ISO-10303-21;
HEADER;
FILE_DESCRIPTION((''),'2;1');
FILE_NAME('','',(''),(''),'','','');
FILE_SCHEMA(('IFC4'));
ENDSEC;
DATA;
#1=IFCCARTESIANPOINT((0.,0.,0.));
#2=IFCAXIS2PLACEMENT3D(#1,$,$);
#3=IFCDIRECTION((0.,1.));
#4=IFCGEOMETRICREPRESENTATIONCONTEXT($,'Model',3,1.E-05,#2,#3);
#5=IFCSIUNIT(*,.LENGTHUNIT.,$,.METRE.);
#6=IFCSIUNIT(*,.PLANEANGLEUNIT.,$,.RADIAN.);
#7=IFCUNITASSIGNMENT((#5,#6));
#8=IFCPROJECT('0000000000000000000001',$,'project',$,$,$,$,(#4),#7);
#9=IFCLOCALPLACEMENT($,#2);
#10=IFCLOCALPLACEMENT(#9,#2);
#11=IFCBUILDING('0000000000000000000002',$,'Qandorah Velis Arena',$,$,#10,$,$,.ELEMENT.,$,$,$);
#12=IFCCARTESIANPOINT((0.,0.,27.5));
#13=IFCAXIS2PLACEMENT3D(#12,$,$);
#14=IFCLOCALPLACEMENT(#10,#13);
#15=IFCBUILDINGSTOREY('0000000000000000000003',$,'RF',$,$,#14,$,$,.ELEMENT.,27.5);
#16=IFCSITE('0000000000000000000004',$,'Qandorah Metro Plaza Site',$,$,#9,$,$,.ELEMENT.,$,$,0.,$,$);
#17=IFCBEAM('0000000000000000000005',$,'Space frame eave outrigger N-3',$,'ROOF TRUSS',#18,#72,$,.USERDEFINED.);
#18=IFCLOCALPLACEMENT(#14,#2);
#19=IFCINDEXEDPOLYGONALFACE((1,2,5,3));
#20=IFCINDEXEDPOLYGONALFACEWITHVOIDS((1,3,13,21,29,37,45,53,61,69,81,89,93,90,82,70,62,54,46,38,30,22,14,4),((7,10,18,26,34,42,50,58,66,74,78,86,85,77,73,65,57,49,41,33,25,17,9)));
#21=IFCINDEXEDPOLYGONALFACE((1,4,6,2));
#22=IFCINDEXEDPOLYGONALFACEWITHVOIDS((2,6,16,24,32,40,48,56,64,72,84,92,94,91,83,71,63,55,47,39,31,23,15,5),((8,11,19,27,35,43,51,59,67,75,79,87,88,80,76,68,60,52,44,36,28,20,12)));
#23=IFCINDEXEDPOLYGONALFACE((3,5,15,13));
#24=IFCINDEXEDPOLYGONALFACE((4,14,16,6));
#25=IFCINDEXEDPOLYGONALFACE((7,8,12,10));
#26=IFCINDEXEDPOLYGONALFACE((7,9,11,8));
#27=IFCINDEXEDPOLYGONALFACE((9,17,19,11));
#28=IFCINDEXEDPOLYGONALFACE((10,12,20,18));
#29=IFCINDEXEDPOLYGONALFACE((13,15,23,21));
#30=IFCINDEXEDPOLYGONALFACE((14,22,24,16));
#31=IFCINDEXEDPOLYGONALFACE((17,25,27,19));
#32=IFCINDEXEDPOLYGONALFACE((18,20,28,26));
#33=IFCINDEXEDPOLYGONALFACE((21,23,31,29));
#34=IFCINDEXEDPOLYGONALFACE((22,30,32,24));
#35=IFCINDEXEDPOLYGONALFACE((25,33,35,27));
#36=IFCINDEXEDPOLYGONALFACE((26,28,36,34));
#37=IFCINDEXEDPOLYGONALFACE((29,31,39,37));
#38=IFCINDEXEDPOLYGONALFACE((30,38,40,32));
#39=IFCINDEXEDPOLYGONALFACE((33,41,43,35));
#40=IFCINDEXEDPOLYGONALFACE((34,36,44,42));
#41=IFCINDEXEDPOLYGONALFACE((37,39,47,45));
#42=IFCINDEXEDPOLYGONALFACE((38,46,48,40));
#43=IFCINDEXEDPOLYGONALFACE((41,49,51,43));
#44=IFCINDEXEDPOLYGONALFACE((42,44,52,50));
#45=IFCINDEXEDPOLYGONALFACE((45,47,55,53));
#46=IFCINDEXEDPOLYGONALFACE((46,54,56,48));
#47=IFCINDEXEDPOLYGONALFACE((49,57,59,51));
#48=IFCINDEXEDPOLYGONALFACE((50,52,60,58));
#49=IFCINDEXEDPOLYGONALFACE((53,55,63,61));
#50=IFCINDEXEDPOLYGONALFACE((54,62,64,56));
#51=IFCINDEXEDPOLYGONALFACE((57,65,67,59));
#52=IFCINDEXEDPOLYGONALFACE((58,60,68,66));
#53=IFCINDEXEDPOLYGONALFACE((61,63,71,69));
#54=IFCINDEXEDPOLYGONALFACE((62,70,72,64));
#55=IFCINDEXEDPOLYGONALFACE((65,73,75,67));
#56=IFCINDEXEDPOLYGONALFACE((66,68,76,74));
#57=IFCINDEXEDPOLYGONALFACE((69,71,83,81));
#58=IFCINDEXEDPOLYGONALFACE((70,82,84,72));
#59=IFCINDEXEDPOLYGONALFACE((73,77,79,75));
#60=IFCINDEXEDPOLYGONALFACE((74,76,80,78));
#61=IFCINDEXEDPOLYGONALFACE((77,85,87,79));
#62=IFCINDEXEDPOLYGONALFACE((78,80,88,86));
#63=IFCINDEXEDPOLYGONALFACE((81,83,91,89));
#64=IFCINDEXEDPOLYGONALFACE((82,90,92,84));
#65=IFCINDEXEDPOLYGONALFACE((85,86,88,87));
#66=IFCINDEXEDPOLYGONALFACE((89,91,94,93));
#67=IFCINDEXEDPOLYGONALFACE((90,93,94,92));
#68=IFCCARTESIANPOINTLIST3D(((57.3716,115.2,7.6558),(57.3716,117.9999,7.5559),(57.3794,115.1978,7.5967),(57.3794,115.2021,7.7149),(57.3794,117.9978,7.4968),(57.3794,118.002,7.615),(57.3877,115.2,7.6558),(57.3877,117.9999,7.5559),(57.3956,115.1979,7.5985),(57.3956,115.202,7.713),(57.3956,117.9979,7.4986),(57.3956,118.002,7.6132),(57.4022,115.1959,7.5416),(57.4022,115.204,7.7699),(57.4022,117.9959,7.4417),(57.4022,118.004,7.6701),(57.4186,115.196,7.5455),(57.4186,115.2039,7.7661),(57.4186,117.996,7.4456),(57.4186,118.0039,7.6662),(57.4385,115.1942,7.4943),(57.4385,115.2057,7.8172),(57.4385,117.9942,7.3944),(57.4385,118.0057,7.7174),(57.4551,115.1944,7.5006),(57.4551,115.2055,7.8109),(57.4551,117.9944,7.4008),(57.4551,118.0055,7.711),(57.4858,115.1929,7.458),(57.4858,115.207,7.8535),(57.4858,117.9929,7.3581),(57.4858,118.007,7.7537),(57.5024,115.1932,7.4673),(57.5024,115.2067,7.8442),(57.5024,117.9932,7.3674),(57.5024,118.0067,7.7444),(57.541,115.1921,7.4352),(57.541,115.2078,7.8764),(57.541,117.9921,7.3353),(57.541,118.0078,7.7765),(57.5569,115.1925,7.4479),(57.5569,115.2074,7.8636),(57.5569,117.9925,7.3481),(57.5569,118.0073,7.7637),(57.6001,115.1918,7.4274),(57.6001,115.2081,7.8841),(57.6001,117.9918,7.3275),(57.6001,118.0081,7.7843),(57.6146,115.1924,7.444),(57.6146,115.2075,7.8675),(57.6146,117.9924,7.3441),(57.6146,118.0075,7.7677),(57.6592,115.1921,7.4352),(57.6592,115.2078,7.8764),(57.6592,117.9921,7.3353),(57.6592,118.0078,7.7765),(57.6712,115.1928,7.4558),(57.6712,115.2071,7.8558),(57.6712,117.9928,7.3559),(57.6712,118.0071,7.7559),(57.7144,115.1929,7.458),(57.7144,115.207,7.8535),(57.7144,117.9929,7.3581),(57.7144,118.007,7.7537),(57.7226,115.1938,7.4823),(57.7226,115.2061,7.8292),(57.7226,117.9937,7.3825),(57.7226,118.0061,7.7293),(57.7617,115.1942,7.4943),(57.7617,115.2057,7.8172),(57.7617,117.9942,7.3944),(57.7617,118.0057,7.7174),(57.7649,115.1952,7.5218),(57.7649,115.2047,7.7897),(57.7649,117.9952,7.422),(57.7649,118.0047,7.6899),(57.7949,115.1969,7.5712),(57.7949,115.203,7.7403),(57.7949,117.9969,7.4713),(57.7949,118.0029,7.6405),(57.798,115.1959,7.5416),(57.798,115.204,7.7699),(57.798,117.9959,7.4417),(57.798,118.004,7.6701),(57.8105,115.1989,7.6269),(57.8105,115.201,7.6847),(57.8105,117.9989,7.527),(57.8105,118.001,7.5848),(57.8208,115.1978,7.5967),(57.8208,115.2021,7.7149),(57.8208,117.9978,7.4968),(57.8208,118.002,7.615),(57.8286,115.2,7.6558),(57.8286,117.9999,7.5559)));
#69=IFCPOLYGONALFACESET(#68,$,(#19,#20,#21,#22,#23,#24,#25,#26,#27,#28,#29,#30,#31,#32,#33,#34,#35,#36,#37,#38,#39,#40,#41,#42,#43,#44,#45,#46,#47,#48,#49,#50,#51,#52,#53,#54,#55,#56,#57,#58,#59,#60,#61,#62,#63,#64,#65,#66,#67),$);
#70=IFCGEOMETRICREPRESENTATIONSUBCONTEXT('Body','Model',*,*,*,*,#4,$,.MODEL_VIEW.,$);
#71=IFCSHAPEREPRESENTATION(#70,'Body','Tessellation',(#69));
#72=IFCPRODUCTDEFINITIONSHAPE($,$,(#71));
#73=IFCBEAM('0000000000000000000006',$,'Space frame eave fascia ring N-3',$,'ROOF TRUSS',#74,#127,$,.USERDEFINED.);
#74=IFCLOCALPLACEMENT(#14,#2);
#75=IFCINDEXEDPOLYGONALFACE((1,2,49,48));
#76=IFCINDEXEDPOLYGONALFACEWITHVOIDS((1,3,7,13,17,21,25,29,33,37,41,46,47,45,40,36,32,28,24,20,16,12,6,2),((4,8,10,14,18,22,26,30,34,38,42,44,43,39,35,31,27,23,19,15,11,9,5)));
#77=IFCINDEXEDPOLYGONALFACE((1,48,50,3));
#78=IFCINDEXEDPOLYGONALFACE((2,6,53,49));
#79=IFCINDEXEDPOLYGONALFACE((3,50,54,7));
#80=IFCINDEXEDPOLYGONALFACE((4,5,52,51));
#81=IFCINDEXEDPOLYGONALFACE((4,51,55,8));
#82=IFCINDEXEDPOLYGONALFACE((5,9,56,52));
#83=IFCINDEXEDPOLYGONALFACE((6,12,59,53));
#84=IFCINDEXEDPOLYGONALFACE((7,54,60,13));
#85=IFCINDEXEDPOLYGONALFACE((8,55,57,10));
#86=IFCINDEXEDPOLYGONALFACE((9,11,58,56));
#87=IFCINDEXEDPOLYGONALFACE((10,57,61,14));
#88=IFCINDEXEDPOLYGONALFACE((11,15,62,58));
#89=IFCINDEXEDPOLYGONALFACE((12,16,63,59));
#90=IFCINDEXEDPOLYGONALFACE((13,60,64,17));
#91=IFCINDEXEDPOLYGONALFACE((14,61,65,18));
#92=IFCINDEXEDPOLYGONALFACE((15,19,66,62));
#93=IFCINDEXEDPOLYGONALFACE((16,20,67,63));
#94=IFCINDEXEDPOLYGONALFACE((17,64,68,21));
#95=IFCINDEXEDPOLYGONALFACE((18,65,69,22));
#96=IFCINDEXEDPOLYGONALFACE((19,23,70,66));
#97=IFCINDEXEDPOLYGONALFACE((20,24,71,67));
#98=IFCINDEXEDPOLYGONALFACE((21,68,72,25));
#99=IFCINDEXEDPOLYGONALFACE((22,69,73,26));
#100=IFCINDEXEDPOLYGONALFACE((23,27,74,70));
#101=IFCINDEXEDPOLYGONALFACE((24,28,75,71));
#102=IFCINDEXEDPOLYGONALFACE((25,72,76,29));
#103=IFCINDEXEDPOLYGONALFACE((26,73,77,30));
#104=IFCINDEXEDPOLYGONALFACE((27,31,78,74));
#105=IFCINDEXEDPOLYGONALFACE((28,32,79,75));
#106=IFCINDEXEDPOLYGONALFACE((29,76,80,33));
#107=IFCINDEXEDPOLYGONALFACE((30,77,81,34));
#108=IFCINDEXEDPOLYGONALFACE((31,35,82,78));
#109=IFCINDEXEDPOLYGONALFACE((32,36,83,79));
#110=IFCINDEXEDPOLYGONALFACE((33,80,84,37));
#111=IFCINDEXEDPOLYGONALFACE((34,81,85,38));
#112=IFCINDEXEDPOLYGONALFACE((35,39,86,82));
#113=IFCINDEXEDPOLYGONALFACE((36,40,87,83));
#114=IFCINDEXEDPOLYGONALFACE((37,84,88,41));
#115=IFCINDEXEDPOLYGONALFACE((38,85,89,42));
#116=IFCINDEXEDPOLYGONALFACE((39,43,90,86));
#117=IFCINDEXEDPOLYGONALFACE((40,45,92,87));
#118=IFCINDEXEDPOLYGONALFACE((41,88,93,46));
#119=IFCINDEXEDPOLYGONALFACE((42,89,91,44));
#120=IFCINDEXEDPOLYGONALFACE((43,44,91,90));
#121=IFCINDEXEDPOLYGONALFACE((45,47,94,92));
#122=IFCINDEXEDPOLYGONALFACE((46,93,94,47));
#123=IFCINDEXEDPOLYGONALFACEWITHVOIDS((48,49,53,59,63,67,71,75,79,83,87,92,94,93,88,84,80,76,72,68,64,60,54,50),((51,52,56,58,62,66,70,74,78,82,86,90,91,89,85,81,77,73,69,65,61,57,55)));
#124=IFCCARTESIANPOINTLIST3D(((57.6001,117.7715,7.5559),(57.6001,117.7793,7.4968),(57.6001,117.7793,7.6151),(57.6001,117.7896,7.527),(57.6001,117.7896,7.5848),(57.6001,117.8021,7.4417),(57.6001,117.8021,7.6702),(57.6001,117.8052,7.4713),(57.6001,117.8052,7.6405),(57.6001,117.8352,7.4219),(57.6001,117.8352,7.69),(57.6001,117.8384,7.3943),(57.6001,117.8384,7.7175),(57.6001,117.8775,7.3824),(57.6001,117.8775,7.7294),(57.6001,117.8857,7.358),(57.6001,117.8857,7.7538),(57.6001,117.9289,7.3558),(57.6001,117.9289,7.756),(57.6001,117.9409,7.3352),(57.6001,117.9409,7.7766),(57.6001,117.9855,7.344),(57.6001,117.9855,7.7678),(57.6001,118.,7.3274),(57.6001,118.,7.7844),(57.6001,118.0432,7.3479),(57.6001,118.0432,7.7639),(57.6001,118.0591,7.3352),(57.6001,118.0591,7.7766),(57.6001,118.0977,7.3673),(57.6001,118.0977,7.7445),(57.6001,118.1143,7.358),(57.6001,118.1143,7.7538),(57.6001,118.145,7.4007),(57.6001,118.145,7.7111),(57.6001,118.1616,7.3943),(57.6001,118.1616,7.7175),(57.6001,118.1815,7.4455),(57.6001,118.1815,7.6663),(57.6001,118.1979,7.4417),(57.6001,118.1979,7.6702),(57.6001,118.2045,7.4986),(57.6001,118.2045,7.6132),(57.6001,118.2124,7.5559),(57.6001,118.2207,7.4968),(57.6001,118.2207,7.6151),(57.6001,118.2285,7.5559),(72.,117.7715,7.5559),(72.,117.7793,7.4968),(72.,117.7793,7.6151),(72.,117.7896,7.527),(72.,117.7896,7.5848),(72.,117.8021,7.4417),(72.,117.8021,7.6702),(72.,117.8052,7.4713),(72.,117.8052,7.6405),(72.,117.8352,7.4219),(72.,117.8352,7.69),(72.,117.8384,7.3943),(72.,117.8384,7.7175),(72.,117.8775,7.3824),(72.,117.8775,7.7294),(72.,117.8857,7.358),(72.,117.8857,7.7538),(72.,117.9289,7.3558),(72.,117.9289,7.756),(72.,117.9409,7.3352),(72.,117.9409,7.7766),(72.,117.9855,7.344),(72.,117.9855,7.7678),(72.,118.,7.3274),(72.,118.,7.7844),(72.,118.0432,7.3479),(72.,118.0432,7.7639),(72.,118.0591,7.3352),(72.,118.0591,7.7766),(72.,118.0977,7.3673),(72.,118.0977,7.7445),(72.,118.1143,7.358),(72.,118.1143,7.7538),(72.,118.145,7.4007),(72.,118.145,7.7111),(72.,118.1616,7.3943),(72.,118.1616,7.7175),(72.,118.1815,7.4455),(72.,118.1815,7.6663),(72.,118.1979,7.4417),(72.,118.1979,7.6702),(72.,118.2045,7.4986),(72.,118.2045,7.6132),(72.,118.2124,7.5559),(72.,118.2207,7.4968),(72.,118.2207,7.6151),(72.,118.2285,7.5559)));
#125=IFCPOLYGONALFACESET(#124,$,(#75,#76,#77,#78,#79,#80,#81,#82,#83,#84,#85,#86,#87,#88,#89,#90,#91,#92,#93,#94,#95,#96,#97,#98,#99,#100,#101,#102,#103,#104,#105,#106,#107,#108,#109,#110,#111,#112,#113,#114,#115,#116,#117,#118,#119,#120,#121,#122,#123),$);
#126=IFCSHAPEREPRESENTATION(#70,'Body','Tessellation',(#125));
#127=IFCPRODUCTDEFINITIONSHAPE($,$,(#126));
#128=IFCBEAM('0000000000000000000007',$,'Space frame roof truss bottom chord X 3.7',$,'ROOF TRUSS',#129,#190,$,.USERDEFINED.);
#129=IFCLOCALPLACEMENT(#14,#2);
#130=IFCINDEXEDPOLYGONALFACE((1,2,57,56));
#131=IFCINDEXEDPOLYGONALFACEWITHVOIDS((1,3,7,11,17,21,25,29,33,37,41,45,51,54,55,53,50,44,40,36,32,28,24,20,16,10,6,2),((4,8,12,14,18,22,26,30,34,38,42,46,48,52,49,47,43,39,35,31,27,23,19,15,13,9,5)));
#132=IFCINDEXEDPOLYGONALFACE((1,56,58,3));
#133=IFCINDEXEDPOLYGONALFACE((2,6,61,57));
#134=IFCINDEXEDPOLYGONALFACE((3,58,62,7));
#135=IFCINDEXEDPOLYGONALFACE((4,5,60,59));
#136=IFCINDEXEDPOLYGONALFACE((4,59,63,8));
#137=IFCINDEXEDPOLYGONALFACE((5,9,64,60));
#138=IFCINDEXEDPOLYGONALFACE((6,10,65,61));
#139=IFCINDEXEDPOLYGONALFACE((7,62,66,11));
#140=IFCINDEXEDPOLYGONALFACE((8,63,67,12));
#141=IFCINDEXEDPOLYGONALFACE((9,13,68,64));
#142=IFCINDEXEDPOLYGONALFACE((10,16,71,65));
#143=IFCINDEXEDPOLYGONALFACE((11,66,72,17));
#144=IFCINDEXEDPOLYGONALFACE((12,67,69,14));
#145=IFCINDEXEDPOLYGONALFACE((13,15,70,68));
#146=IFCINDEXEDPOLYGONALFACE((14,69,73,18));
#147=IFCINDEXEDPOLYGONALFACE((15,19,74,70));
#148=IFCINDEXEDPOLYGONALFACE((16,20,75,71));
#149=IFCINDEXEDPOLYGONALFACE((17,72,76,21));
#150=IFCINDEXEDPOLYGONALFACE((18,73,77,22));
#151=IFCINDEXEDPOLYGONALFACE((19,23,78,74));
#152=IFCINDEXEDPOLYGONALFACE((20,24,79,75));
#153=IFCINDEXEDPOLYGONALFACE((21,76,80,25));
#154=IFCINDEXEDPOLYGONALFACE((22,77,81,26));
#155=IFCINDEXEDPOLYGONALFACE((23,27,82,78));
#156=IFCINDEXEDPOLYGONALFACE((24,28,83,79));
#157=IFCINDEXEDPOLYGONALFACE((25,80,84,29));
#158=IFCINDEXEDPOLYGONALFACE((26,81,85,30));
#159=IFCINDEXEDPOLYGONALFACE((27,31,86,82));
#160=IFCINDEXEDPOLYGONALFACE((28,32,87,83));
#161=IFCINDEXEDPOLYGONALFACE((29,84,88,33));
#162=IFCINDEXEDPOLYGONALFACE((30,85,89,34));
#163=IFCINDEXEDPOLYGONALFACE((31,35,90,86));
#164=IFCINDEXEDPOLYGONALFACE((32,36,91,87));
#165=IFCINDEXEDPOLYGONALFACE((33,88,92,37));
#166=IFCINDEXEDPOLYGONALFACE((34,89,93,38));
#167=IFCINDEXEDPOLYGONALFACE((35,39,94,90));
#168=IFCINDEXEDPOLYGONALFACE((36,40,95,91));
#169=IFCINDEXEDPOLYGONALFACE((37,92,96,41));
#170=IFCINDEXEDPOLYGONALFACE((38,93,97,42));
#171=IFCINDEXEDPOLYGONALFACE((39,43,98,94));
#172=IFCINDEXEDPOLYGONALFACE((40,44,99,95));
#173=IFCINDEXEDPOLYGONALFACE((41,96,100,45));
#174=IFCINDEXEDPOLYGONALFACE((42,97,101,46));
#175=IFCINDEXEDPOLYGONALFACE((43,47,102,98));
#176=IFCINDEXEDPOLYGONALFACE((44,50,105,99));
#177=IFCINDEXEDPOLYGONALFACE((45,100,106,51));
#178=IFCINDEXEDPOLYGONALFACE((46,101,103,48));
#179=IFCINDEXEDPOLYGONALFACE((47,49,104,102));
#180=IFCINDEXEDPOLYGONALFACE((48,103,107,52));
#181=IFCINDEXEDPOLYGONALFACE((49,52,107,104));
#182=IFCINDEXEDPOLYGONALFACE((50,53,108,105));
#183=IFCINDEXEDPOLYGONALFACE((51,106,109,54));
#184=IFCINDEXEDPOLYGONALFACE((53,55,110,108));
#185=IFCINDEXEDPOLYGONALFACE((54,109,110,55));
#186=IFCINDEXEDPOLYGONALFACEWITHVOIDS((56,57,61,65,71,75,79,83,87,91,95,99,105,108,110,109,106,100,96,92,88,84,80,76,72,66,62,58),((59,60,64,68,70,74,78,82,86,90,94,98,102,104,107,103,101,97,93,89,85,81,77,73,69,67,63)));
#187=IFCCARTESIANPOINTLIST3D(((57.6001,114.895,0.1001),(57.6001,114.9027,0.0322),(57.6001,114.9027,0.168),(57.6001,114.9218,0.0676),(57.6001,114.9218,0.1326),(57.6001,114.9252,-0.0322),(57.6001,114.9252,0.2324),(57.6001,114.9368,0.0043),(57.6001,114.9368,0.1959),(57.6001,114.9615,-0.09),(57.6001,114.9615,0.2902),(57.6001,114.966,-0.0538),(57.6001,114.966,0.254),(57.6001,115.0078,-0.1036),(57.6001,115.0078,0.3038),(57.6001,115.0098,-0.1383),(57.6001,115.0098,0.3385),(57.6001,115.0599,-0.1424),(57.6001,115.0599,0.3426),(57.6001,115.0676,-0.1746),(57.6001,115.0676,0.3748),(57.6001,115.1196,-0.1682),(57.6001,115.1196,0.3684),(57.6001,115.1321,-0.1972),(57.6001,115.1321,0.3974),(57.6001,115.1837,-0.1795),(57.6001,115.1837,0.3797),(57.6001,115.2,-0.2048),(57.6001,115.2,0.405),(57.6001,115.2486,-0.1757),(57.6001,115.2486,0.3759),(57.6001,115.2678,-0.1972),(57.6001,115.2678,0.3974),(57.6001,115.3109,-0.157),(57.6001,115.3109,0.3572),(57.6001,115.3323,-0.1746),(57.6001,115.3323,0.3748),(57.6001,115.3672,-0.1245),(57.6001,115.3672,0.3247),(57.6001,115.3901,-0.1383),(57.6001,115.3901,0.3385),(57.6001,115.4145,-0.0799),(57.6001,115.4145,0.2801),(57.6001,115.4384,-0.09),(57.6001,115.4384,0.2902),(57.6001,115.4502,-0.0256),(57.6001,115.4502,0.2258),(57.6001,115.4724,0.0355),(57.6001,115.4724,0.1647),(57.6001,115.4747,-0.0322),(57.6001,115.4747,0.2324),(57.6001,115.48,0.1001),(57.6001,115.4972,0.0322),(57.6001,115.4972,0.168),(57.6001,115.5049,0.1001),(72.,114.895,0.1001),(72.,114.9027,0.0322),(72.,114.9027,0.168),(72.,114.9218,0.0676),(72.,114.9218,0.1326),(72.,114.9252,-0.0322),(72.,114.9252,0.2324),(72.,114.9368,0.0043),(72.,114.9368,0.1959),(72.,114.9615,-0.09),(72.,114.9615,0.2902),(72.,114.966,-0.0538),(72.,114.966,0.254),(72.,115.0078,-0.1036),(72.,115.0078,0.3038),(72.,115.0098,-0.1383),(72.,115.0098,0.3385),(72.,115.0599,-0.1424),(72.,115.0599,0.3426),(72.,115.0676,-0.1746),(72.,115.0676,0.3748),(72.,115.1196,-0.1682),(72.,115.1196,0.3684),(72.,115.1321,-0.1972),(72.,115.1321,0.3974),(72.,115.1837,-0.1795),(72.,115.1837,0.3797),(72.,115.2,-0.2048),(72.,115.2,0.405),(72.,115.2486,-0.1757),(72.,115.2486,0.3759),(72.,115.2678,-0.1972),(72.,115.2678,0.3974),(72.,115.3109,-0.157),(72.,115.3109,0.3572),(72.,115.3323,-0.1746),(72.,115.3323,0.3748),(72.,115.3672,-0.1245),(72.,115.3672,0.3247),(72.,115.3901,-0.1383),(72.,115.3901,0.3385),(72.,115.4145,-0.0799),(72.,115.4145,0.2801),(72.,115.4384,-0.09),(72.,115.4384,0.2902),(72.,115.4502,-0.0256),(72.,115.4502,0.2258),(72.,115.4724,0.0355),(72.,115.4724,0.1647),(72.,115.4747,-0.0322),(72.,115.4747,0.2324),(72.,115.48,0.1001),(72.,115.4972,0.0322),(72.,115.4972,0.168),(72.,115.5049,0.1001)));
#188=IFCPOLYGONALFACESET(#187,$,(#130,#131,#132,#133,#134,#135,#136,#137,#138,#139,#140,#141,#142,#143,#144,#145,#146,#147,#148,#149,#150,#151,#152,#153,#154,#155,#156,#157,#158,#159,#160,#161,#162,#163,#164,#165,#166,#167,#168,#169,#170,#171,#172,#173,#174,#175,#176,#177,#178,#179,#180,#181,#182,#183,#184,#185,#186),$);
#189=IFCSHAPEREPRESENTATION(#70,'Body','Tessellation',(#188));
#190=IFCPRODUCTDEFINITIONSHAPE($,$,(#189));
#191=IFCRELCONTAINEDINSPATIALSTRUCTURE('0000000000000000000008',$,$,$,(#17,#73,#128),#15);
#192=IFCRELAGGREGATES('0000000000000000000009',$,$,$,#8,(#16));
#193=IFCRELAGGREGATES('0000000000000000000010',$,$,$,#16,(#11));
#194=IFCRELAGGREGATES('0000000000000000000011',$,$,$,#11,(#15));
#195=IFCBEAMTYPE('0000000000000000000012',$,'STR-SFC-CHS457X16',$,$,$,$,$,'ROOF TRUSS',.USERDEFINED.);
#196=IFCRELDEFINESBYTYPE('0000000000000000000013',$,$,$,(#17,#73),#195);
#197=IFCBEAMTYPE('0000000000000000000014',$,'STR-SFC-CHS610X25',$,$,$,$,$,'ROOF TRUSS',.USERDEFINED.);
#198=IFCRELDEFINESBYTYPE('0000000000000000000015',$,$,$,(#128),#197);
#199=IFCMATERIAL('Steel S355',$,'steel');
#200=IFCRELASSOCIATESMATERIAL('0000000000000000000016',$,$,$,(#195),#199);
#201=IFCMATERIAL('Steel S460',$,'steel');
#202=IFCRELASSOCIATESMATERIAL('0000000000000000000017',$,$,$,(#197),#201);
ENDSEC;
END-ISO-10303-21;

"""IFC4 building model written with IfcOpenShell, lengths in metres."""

from ifc_helpers import new_model, si_unit, direction, frame, origin, origin_2d, place, context, subcontext, project, spatial, hollow_circle, extrude, material, material_profile, profile_set, type_object, element, save


model = new_model("IFC4")

# Units and contexts
model_context = context("Model", 3, precision=1e-05, world=origin(), true_north=direction((0.0, 1.0)))
body_context = subcontext(model_context, "Body", "Model", "MODEL_VIEW")
ifc_project = project(units=[si_unit("LENGTHUNIT", "METRE"), si_unit("PLANEANGLEUNIT", "RADIAN")], contexts=[model_context])

# Site, building, storey
site_placement = place(None, origin())
site = spatial("IfcSite", under=ifc_project, at=site_placement, Name="Qandorah Metro Plaza Site", CompositionType="ELEMENT", RefElevation=0.0)
building_placement = place(site_placement, origin())
building = spatial("IfcBuilding", under=site, at=building_placement, Name="Qandorah Velis Arena", CompositionType="ELEMENT")
storey_placement = place(building_placement, frame((0.0, 0.0, 27.5)))
storey = spatial("IfcBuildingStorey", under=building, at=storey_placement, Name="RF", CompositionType="ELEMENT", Elevation=27.5)

# Beams
ifc_material_1 = material(Name="Steel S355", Category="steel")
ifc_material_profile_1 = material_profile(ifc_material_1, hollow_circle(Radius=0.2285, WallThickness=0.0161, at=origin_2d()), Name="CHS 457x16")
ifc_profile_set_1 = profile_set([ifc_material_profile_1], Name="Steel S355")
beam_type_1 = type_object("IfcBeamType", Name="STR-SFC-CHS457X16", ElementType="ROOF TRUSS", PredefinedType="USERDEFINED", material=ifc_profile_set_1)
beam_1_placement = place(storey_placement, frame((57.6001, 115.2, 7.6558), z_axis=(0.0, 0.999365, -0.035639), x_axis=(-1.0, 0.0, 0.0)))
element("IfcBeam", 1, at=beam_1_placement, inside=storey, type_object=beam_type_1, Name="Space frame eave outrigger N-3", ObjectType="ROOF TRUSS", PredefinedType="USERDEFINED", context=body_context, shape_type="SweptSolid", body=[
    extrude(hollow_circle(Radius=0.2285, WallThickness=0.0161, at=origin_2d()), origin(), (0.0, 0.0, 1.0), 2.8018),
])
beam_2_placement = place(storey_placement, frame((57.6001, 118.0, 7.5559), z_axis=(1.0, 0.0, 0.0), x_axis=(0.0, 1.0, 0.0)))
element("IfcBeam", 2, at=beam_2_placement, inside=storey, type_object=beam_type_1, Name="Space frame eave fascia ring N-3", ObjectType="ROOF TRUSS", PredefinedType="USERDEFINED", context=body_context, shape_type="SweptSolid", body=[
    extrude(hollow_circle(Radius=0.2285, WallThickness=0.0161, at=origin_2d()), origin(), (0.0, 0.0, 1.0), 14.3999),
])
ifc_material_2 = material(Name="Steel S460", Category="steel")
ifc_material_profile_2 = material_profile(ifc_material_2, hollow_circle(Radius=0.3049, WallThickness=0.0249, at=origin_2d()), Name="CHS 610x25")
ifc_profile_set_2 = profile_set([ifc_material_profile_2], Name="Steel S460")
beam_type_2 = type_object("IfcBeamType", Name="STR-SFC-CHS610X25", ElementType="ROOF TRUSS", PredefinedType="USERDEFINED", material=ifc_profile_set_2)
beam_3_placement = place(storey_placement, frame((57.6001, 115.2, 0.1001), z_axis=(1.0, 0.0, 0.0), x_axis=(0.0, 1.0, 0.0)))
element("IfcBeam", 3, at=beam_3_placement, inside=storey, type_object=beam_type_2, Name="Space frame roof truss bottom chord X 3.7", ObjectType="ROOF TRUSS", PredefinedType="USERDEFINED", context=body_context, shape_type="SweptSolid", body=[
    extrude(hollow_circle(Radius=0.3049, WallThickness=0.0249, at=origin_2d()), origin(), (0.0, 0.0, 1.0), 14.3999),
])

save(model, "model.ifc")
